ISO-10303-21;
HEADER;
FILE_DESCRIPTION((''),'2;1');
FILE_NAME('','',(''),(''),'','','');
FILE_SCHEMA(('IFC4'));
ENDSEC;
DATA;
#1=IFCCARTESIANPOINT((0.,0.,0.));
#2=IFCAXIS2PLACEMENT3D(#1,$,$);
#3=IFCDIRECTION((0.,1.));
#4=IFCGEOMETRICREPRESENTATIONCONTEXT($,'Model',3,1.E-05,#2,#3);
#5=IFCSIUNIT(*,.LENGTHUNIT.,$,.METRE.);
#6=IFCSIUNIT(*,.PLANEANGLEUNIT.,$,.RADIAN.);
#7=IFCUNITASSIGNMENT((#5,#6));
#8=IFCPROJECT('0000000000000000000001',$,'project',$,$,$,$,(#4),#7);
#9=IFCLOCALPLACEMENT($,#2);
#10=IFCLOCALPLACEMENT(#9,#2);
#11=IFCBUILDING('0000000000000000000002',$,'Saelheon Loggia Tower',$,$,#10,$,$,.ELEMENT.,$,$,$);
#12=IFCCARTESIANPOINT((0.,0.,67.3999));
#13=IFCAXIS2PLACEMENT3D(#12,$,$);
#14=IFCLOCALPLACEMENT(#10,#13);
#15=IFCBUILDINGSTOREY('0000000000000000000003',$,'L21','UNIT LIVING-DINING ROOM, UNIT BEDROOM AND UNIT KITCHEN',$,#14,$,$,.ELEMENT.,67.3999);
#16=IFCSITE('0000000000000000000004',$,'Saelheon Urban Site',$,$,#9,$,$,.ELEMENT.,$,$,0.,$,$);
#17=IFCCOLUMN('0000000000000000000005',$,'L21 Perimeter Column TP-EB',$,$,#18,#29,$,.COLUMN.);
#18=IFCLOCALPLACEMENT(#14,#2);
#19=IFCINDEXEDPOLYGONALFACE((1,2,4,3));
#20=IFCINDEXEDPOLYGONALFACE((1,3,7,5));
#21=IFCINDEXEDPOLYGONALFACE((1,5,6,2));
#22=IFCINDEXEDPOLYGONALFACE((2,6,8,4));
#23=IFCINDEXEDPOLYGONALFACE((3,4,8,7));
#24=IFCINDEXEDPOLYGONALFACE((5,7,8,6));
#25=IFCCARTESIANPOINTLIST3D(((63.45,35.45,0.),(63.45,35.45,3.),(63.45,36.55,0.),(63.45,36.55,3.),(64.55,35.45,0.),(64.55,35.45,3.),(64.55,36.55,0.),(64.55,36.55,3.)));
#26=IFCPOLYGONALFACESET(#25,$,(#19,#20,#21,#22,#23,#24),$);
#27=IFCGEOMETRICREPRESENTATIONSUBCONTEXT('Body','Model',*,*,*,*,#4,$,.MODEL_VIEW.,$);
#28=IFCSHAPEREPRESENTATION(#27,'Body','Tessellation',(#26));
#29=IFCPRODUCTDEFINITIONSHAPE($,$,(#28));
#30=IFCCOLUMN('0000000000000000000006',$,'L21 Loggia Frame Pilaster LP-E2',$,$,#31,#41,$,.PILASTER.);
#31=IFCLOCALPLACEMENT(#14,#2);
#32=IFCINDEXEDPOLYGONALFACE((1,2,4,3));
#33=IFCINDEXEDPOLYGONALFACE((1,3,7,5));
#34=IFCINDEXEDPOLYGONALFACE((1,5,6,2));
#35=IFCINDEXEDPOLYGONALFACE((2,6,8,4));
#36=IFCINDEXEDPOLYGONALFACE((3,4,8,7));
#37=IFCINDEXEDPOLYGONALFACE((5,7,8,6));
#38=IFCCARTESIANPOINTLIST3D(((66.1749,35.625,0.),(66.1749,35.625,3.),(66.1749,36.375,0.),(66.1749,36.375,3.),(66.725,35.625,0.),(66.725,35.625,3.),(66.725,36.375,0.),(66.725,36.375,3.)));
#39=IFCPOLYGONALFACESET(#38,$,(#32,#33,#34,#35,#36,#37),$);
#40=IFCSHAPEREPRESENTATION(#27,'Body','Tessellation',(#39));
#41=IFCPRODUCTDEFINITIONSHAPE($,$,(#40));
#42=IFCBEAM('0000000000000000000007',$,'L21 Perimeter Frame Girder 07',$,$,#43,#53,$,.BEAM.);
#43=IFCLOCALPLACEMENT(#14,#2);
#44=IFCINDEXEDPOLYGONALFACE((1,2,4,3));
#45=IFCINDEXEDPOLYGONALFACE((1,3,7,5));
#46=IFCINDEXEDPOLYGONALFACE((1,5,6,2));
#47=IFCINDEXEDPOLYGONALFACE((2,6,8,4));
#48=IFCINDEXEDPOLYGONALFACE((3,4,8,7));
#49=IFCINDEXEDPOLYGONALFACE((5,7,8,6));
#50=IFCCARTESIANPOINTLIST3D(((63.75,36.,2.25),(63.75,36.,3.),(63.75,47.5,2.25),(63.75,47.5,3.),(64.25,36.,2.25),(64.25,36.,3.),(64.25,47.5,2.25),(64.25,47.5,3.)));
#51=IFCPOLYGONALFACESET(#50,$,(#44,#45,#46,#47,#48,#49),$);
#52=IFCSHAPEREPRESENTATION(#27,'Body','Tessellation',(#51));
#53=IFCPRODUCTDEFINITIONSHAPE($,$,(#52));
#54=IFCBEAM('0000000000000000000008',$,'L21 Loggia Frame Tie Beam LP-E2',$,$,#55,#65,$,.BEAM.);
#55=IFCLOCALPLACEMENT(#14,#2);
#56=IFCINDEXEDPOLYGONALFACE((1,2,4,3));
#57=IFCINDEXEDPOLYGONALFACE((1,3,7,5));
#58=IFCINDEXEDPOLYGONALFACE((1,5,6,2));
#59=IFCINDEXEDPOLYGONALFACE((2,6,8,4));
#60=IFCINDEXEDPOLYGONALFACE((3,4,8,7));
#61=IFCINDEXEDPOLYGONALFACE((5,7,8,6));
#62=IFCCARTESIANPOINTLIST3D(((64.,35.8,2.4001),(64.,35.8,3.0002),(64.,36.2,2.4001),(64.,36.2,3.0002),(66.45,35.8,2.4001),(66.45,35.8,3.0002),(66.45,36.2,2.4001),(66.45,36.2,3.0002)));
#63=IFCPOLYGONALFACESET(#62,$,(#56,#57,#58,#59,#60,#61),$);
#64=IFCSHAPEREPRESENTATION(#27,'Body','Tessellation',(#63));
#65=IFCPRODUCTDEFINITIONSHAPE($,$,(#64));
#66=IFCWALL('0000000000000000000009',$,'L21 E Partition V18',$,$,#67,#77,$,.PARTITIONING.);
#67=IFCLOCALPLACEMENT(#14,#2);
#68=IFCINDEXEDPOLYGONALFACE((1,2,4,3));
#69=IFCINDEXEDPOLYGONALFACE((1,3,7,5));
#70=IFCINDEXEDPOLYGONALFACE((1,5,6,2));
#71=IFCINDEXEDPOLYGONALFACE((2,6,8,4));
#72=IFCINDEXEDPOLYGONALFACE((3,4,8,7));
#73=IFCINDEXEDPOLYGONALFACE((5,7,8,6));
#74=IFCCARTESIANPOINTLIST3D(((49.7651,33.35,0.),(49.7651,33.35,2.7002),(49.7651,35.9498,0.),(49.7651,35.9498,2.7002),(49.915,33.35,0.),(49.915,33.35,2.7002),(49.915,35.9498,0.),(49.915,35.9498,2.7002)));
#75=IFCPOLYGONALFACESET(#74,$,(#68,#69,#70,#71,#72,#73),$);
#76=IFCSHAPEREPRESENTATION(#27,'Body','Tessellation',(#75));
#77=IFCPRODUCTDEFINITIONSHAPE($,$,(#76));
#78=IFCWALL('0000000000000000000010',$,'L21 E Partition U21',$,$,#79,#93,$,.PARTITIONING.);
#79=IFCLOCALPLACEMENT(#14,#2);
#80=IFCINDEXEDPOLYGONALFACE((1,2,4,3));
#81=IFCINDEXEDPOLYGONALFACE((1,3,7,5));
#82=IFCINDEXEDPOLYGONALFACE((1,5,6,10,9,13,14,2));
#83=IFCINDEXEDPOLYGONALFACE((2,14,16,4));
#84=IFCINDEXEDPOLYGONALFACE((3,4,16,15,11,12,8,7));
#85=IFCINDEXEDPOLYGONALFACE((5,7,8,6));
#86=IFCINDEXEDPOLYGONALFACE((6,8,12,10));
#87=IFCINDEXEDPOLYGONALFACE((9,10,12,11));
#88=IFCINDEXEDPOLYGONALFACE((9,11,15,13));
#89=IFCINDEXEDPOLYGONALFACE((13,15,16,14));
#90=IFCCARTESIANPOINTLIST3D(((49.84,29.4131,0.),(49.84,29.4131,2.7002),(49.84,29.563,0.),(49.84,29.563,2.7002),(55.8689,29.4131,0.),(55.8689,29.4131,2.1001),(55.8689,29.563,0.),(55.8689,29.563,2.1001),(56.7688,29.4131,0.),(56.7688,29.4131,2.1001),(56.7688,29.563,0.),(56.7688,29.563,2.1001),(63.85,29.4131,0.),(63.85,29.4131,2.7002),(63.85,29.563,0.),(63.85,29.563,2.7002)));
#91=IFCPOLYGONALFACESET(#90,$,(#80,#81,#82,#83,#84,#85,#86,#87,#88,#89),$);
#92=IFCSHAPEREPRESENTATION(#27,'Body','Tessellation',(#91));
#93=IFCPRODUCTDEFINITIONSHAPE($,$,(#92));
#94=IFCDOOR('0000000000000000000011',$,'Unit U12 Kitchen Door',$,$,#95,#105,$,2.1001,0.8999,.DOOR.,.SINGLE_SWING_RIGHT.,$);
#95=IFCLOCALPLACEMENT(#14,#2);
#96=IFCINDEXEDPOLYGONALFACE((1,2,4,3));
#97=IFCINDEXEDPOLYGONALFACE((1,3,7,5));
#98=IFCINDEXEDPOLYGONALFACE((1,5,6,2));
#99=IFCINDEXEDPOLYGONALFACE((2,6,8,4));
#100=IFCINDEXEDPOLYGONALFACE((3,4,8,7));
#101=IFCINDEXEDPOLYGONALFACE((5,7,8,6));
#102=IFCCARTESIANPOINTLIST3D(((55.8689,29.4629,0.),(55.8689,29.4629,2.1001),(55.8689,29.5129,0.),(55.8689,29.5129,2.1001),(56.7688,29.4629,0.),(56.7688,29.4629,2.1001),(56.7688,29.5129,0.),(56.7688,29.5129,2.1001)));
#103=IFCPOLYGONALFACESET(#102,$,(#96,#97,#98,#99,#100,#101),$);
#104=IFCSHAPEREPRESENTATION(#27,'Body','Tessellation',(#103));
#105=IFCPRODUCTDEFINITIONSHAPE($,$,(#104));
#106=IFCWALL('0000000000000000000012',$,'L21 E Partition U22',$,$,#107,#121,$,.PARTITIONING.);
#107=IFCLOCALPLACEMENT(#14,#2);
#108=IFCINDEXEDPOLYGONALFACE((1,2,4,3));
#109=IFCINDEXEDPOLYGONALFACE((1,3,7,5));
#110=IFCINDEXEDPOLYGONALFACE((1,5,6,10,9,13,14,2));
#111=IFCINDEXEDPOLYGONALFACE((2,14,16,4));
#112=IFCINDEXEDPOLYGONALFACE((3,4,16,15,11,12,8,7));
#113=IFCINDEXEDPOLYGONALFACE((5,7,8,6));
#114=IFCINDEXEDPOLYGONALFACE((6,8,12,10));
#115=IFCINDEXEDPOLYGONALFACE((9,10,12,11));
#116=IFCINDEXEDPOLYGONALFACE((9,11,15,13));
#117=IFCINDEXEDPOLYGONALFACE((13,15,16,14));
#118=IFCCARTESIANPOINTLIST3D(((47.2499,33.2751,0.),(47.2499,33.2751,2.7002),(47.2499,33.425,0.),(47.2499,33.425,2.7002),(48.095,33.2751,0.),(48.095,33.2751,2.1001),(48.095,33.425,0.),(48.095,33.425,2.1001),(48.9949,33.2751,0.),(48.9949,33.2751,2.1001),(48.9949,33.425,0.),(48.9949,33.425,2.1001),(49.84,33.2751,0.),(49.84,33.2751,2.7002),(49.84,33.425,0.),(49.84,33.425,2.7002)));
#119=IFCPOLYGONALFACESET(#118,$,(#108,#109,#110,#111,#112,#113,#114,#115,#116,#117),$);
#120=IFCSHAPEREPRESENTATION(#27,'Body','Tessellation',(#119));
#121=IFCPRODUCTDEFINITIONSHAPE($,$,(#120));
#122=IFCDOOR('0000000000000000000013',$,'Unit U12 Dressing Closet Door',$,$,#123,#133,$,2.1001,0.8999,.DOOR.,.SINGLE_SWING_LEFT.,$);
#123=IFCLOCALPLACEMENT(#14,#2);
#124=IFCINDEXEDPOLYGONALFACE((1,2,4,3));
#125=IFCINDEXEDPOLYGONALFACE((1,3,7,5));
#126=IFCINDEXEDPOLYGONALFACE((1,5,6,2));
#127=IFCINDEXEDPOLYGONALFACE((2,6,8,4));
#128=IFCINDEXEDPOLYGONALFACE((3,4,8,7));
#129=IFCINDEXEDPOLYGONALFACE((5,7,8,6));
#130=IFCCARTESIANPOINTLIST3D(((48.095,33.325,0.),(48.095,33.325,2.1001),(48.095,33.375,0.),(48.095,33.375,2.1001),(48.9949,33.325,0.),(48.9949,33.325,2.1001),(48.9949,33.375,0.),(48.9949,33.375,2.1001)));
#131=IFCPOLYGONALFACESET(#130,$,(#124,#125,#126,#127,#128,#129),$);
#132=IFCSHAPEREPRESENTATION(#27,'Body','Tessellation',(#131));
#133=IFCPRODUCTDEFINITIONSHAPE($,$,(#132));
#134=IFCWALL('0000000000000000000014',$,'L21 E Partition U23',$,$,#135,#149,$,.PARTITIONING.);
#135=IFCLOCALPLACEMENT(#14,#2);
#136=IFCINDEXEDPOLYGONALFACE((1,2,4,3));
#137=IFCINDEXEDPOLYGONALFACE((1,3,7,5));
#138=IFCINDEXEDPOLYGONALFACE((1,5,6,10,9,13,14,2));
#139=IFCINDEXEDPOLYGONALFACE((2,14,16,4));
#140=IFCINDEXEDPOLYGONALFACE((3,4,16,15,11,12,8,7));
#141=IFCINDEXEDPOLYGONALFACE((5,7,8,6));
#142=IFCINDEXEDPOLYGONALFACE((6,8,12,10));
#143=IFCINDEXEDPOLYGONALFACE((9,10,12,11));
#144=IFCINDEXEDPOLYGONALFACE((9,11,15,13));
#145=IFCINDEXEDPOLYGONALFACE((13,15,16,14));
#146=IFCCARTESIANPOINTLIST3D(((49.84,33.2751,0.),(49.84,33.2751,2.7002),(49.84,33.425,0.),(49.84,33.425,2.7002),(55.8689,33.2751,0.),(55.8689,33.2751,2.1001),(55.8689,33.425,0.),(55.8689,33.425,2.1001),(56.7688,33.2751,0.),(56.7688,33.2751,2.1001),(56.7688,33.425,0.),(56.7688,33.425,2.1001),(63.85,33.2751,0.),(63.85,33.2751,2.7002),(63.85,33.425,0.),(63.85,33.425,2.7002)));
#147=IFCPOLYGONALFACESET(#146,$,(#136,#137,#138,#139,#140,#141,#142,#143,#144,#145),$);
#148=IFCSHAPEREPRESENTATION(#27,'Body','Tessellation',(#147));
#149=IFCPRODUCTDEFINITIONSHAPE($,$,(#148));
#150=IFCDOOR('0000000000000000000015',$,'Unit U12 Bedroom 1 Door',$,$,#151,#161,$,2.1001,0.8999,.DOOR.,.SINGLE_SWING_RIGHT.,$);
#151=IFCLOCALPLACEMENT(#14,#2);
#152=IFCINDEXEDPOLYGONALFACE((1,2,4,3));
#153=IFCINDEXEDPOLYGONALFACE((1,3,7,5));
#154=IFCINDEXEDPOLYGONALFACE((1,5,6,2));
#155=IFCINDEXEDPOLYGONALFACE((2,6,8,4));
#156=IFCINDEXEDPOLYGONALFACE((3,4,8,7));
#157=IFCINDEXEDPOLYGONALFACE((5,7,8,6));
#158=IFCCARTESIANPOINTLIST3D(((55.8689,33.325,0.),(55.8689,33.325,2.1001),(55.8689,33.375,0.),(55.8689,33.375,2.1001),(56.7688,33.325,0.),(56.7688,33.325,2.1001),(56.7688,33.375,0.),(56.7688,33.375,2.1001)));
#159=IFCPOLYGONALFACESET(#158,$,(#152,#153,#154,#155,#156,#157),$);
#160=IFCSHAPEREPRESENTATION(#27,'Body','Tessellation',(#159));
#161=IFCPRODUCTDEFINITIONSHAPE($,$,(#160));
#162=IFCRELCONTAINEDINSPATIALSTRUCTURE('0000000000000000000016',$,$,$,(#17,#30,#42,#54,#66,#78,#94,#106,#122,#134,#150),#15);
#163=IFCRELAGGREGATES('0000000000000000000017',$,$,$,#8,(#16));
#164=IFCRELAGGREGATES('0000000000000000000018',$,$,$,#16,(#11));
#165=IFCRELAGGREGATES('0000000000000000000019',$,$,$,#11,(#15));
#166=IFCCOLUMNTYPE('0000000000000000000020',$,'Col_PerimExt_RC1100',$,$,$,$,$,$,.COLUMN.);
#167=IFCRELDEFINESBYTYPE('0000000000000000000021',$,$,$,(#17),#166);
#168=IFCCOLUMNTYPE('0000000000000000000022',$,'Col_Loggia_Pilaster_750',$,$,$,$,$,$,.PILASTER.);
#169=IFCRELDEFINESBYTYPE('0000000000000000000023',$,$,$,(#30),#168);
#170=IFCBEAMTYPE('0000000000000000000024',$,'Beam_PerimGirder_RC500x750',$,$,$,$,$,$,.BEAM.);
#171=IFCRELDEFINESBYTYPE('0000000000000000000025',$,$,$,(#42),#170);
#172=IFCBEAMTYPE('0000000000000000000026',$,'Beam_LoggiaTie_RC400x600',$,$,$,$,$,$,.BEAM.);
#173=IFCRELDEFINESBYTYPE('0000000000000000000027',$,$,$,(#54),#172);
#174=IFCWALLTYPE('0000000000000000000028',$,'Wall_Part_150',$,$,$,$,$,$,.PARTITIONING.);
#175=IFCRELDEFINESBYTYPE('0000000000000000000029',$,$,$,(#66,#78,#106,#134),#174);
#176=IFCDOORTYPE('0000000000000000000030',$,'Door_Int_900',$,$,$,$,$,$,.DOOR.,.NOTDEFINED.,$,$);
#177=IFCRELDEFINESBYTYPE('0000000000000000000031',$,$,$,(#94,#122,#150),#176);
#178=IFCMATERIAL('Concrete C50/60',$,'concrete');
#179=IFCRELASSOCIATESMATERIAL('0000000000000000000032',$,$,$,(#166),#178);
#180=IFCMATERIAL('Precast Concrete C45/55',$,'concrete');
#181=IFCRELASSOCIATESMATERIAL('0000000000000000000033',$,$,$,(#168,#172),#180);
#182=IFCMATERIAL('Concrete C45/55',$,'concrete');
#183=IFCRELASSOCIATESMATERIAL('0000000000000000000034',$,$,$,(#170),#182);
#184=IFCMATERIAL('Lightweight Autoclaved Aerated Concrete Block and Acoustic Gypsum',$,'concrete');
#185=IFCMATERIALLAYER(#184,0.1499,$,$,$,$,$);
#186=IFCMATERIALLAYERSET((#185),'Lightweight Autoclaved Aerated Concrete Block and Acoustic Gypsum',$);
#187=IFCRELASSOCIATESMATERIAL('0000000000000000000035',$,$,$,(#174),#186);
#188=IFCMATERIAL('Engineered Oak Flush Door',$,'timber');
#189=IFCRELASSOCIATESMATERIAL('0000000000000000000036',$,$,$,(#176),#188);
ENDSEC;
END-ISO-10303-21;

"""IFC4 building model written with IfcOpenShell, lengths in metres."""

from ifc_helpers import new_model, si_unit, direction, frame, frame_2d, origin, origin_2d, place, context, subcontext, project, spatial, rectangle, extrude, source, transform, mapped, material, layer, layer_set, material_profile, profile_set, type_object, element, fill, save


model = new_model("IFC4")

# Units and contexts
model_context = context("Model", 3, precision=1e-05, world=origin(), true_north=direction((0.0, 1.0)))
body_context = subcontext(model_context, "Body", "Model", "MODEL_VIEW")
ifc_project = project(units=[si_unit("LENGTHUNIT", "METRE"), si_unit("PLANEANGLEUNIT", "RADIAN")], contexts=[model_context])

# Site, building, storey
site_placement = place(None, origin())
site = spatial("IfcSite", under=ifc_project, at=site_placement, Name="Saelheon Urban Site", CompositionType="ELEMENT", RefElevation=0.0)
building_placement = place(site_placement, origin())
building = spatial("IfcBuilding", under=site, at=building_placement, Name="Saelheon Loggia Tower", CompositionType="ELEMENT")
storey_placement = place(building_placement, frame((0.0, 0.0, 67.3999)))
storey = spatial("IfcBuildingStorey", under=building, at=storey_placement, Name="L21", Description="UNIT LIVING-DINING ROOM, UNIT BEDROOM AND UNIT KITCHEN", CompositionType="ELEMENT", Elevation=67.3999)

# Columns
ifc_material_1 = material(Name="Concrete C50/60", Category="concrete")
ifc_material_profile_1 = material_profile(ifc_material_1, rectangle(XDim=1.1001, YDim=1.1001, at=origin_2d()), Name="RC-1100x1100")
ifc_profile_set_1 = profile_set([ifc_material_profile_1], Name="Concrete C50/60")
column_type_1 = type_object("IfcColumnType", Name="Col_PerimExt_RC1100", PredefinedType="COLUMN", material=ifc_profile_set_1)
shared_shape_1 = source(origin(), body_context, "Body", "SweptSolid", [
    extrude(rectangle(XDim=1.1001, YDim=1.1001, at=origin_2d()), origin(), (0.0, 0.0, 1.0), 3.0),
])
column_1_placement = place(storey_placement, frame((64.0, 36.0, 0.0), z_axis=(0.0, 0.0, 1.0), x_axis=(1.0, 0.0, 0.0)))
element("IfcColumn", 1, at=column_1_placement, inside=storey, type_object=column_type_1, Name="L21 Perimeter Column TP-EB", PredefinedType="COLUMN", context=body_context, shape_type="MappedRepresentation", body=[
    mapped(shared_shape_1, transform((0.0, 0.0, 0.0), scale=1.0)),
])
ifc_material_2 = material(Name="Precast Concrete C45/55", Category="concrete")
ifc_material_profile_2 = material_profile(ifc_material_2, rectangle(XDim=0.55, YDim=0.75, at=origin_2d()), Name="RC-550x750")
ifc_profile_set_2 = profile_set([ifc_material_profile_2], Name="Precast Concrete C45/55")
column_type_2 = type_object("IfcColumnType", Name="Col_Loggia_Pilaster_750", PredefinedType="PILASTER", material=ifc_profile_set_2)
shared_shape_2 = source(origin(), body_context, "Body", "SweptSolid", [
    extrude(rectangle(XDim=0.55, YDim=0.75, at=origin_2d()), origin(), (0.0, 0.0, 1.0), 3.0),
])
column_2_placement = place(storey_placement, frame((66.45, 36.0, 0.0), z_axis=(0.0, 0.0, 1.0), x_axis=(1.0, 0.0, 0.0)))
element("IfcColumn", 2, at=column_2_placement, inside=storey, type_object=column_type_2, Name="L21 Loggia Frame Pilaster LP-E2", PredefinedType="PILASTER", context=body_context, shape_type="MappedRepresentation", body=[
    mapped(shared_shape_2, transform((0.0, 0.0, 0.0), scale=1.0)),
])

# Beams
ifc_material_3 = material(Name="Concrete C45/55", Category="concrete")
ifc_material_profile_3 = material_profile(ifc_material_3, rectangle(XDim=0.5, YDim=0.75, at=origin_2d()), Name="RC-500x750")
ifc_profile_set_3 = profile_set([ifc_material_profile_3], Name="Concrete C45/55")
beam_type_1 = type_object("IfcBeamType", Name="Beam_PerimGirder_RC500x750", PredefinedType="BEAM", material=ifc_profile_set_3)
shared_shape_3 = source(origin(), body_context, "Body", "SweptSolid", [
    extrude(rectangle(XDim=0.5, YDim=0.75, at=origin_2d()), origin(), (0.0, 0.0, 1.0), 11.5),
])
beam_1_placement = place(storey_placement, frame((64.0, 36.0, 2.625), z_axis=(0.0, 1.0, 0.0), x_axis=(-1.0, 0.0, 0.0)))
element("IfcBeam", 3, at=beam_1_placement, inside=storey, type_object=beam_type_1, Name="L21 Perimeter Frame Girder 07", PredefinedType="BEAM", context=body_context, shape_type="MappedRepresentation", body=[
    mapped(shared_shape_3, transform((0.0, 0.0, 0.0), scale=1.0)),
])
ifc_material_profile_4 = material_profile(ifc_material_2, rectangle(XDim=0.3999, YDim=0.6001, at=origin_2d()), Name="RC-400x600")
ifc_profile_set_4 = profile_set([ifc_material_profile_4], Name="Precast Concrete C45/55")
beam_type_2 = type_object("IfcBeamType", Name="Beam_LoggiaTie_RC400x600", PredefinedType="BEAM", material=ifc_profile_set_4)
shared_shape_4 = source(origin(), body_context, "Body", "SweptSolid", [
    extrude(rectangle(XDim=0.3999, YDim=0.6001, at=origin_2d()), origin(), (0.0, 0.0, 1.0), 2.45),
])
beam_2_placement = place(storey_placement, frame((64.0, 36.0, 2.7002), z_axis=(1.0, 0.0, 0.0), x_axis=(0.0, 1.0, 0.0)))
element("IfcBeam", 4, at=beam_2_placement, inside=storey, type_object=beam_type_2, Name="L21 Loggia Frame Tie Beam LP-E2", PredefinedType="BEAM", context=body_context, shape_type="MappedRepresentation", body=[
    mapped(shared_shape_4, transform((0.0, 0.0, 0.0), scale=1.0)),
])

# Wall
ifc_material_4 = material(Name="Lightweight Autoclaved Aerated Concrete Block and Acoustic Gypsum", Category="concrete")
ifc_layer_1 = layer(ifc_material_4, 0.1499)
ifc_layer_set_1 = layer_set([ifc_layer_1], Name="Lightweight Autoclaved Aerated Concrete Block and Acoustic Gypsum")
wall_type_1 = type_object("IfcWallType", Name="Wall_Part_150", PredefinedType="PARTITIONING", material=ifc_layer_set_1)
wall_1_placement = place(storey_placement, frame((49.8401, 33.3501, 0.0), z_axis=(0.0, 0.0, 1.0), x_axis=(0.0, 1.0, 0.0)))
element("IfcWall", 5, at=wall_1_placement, inside=storey, type_object=wall_type_1, Name="L21 E Partition V18", PredefinedType="PARTITIONING", context=body_context, shape_type="SweptSolid", body=[
    extrude(rectangle(XDim=2.5999, YDim=0.1499, at=frame_2d((1.2998, 0.0))), origin(), (0.0, 0.0, 1.0), 2.7002),
])

# Walls, openings, doors
wall_2_placement = place(storey_placement, frame((49.8401, 29.488, 0.0), z_axis=(0.0, 0.0, 1.0), x_axis=(1.0, 0.0, 0.0)))
wall_2 = element("IfcWall", 6, at=wall_2_placement, inside=storey, type_object=wall_type_1, Name="L21 E Partition U21", PredefinedType="PARTITIONING", context=body_context, shape_type="SweptSolid", body=[
    extrude(rectangle(XDim=14.01, YDim=0.1499, at=frame_2d((7.0049, 0.0))), origin(), (0.0, 0.0, 1.0), 2.7002),
])
opening_1_placement = place(wall_2_placement, frame((6.0288, 0.0, 0.0)))
opening_1 = element("IfcOpeningElement", 7, at=opening_1_placement, cuts=wall_2, PredefinedType="OPENING", context=body_context, shape_type="SweptSolid", body=[
    extrude(rectangle(XDim=0.8999, YDim=2.1001, at=frame_2d((0.45, 1.05))), frame((0.0, 0.0869, 0.0), z_axis=(0.0, -1.0, 0.0), x_axis=(1.0, 0.0, 0.0)), (0.0, 0.0, 1.0), 0.1738),
])
ifc_material_5 = material(Name="Engineered Oak Flush Door", Category="timber")
door_type_1 = type_object("IfcDoorType", Name="Door_Int_900", OperationType="NOTDEFINED", PredefinedType="DOOR", material=ifc_material_5)
shared_shape_5 = source(origin(), body_context, "Body", "SweptSolid", [
    extrude(rectangle(XDim=0.8999, YDim=2.1001, at=frame_2d((0.45, 1.05))), frame((0.0, 0.0249, 0.0), z_axis=(0.0, -1.0, 0.0), x_axis=(1.0, 0.0, 0.0)), (0.0, 0.0, 1.0), 0.05),
])
door_1_placement = place(opening_1_placement, origin())
door_1 = element("IfcDoor", 8, at=door_1_placement, inside=storey, type_object=door_type_1, Name="Unit U12 Kitchen Door", OperationType="SINGLE_SWING_RIGHT", OverallHeight=2.1001, OverallWidth=0.8999, PredefinedType="DOOR", context=body_context, shape_type="MappedRepresentation", body=[
    mapped(shared_shape_5, transform((0.0, 0.0, 0.0), scale=1.0)),
])
fill(opening_1, door_1)
wall_3_placement = place(storey_placement, frame((47.25, 33.3501, 0.0), z_axis=(0.0, 0.0, 1.0), x_axis=(1.0, 0.0, 0.0)))
wall_3 = element("IfcWall", 9, at=wall_3_placement, inside=storey, type_object=wall_type_1, Name="L21 E Partition U22", PredefinedType="PARTITIONING", context=body_context, shape_type="SweptSolid", body=[
    extrude(rectangle(XDim=2.5901, YDim=0.1499, at=frame_2d((1.2949, 0.0))), origin(), (0.0, 0.0, 1.0), 2.7002),
])
opening_2_placement = place(wall_3_placement, frame((0.845, 0.0, 0.0)))
opening_2 = element("IfcOpeningElement", 10, at=opening_2_placement, cuts=wall_3, PredefinedType="OPENING", context=body_context, shape_type="SweptSolid", body=[
    extrude(rectangle(XDim=0.8999, YDim=2.1001, at=frame_2d((0.45, 1.05))), frame((0.0, 0.0869, 0.0), z_axis=(0.0, -1.0, 0.0), x_axis=(1.0, 0.0, 0.0)), (0.0, 0.0, 1.0), 0.1738),
])
door_2_placement = place(opening_2_placement, origin())
door_2 = element("IfcDoor", 11, at=door_2_placement, inside=storey, type_object=door_type_1, Name="Unit U12 Dressing Closet Door", OperationType="SINGLE_SWING_LEFT", OverallHeight=2.1001, OverallWidth=0.8999, PredefinedType="DOOR", context=body_context, shape_type="MappedRepresentation", body=[
    mapped(shared_shape_5, transform((0.0, 0.0, 0.0), scale=1.0)),
])
fill(opening_2, door_2)
wall_4_placement = place(storey_placement, frame((49.8401, 33.3501, 0.0), z_axis=(0.0, 0.0, 1.0), x_axis=(1.0, 0.0, 0.0)))
wall_4 = element("IfcWall", 12, at=wall_4_placement, inside=storey, type_object=wall_type_1, Name="L21 E Partition U23", PredefinedType="PARTITIONING", context=body_context, shape_type="SweptSolid", body=[
    extrude(rectangle(XDim=14.01, YDim=0.1499, at=frame_2d((7.0049, 0.0))), origin(), (0.0, 0.0, 1.0), 2.7002),
])
opening_3_placement = place(wall_4_placement, frame((6.0288, 0.0, 0.0)))
opening_3 = element("IfcOpeningElement", 13, at=opening_3_placement, cuts=wall_4, PredefinedType="OPENING", context=body_context, shape_type="SweptSolid", body=[
    extrude(rectangle(XDim=0.8999, YDim=2.1001, at=frame_2d((0.45, 1.05))), frame((0.0, 0.0869, 0.0), z_axis=(0.0, -1.0, 0.0), x_axis=(1.0, 0.0, 0.0)), (0.0, 0.0, 1.0), 0.1738),
])
door_3_placement = place(opening_3_placement, origin())
door_3 = element("IfcDoor", 14, at=door_3_placement, inside=storey, type_object=door_type_1, Name="Unit U12 Bedroom 1 Door", OperationType="SINGLE_SWING_RIGHT", OverallHeight=2.1001, OverallWidth=0.8999, PredefinedType="DOOR", context=body_context, shape_type="MappedRepresentation", body=[
    mapped(shared_shape_5, transform((0.0, 0.0, 0.0), scale=1.0)),
])
fill(opening_3, door_3)

save(model, "model.ifc")
